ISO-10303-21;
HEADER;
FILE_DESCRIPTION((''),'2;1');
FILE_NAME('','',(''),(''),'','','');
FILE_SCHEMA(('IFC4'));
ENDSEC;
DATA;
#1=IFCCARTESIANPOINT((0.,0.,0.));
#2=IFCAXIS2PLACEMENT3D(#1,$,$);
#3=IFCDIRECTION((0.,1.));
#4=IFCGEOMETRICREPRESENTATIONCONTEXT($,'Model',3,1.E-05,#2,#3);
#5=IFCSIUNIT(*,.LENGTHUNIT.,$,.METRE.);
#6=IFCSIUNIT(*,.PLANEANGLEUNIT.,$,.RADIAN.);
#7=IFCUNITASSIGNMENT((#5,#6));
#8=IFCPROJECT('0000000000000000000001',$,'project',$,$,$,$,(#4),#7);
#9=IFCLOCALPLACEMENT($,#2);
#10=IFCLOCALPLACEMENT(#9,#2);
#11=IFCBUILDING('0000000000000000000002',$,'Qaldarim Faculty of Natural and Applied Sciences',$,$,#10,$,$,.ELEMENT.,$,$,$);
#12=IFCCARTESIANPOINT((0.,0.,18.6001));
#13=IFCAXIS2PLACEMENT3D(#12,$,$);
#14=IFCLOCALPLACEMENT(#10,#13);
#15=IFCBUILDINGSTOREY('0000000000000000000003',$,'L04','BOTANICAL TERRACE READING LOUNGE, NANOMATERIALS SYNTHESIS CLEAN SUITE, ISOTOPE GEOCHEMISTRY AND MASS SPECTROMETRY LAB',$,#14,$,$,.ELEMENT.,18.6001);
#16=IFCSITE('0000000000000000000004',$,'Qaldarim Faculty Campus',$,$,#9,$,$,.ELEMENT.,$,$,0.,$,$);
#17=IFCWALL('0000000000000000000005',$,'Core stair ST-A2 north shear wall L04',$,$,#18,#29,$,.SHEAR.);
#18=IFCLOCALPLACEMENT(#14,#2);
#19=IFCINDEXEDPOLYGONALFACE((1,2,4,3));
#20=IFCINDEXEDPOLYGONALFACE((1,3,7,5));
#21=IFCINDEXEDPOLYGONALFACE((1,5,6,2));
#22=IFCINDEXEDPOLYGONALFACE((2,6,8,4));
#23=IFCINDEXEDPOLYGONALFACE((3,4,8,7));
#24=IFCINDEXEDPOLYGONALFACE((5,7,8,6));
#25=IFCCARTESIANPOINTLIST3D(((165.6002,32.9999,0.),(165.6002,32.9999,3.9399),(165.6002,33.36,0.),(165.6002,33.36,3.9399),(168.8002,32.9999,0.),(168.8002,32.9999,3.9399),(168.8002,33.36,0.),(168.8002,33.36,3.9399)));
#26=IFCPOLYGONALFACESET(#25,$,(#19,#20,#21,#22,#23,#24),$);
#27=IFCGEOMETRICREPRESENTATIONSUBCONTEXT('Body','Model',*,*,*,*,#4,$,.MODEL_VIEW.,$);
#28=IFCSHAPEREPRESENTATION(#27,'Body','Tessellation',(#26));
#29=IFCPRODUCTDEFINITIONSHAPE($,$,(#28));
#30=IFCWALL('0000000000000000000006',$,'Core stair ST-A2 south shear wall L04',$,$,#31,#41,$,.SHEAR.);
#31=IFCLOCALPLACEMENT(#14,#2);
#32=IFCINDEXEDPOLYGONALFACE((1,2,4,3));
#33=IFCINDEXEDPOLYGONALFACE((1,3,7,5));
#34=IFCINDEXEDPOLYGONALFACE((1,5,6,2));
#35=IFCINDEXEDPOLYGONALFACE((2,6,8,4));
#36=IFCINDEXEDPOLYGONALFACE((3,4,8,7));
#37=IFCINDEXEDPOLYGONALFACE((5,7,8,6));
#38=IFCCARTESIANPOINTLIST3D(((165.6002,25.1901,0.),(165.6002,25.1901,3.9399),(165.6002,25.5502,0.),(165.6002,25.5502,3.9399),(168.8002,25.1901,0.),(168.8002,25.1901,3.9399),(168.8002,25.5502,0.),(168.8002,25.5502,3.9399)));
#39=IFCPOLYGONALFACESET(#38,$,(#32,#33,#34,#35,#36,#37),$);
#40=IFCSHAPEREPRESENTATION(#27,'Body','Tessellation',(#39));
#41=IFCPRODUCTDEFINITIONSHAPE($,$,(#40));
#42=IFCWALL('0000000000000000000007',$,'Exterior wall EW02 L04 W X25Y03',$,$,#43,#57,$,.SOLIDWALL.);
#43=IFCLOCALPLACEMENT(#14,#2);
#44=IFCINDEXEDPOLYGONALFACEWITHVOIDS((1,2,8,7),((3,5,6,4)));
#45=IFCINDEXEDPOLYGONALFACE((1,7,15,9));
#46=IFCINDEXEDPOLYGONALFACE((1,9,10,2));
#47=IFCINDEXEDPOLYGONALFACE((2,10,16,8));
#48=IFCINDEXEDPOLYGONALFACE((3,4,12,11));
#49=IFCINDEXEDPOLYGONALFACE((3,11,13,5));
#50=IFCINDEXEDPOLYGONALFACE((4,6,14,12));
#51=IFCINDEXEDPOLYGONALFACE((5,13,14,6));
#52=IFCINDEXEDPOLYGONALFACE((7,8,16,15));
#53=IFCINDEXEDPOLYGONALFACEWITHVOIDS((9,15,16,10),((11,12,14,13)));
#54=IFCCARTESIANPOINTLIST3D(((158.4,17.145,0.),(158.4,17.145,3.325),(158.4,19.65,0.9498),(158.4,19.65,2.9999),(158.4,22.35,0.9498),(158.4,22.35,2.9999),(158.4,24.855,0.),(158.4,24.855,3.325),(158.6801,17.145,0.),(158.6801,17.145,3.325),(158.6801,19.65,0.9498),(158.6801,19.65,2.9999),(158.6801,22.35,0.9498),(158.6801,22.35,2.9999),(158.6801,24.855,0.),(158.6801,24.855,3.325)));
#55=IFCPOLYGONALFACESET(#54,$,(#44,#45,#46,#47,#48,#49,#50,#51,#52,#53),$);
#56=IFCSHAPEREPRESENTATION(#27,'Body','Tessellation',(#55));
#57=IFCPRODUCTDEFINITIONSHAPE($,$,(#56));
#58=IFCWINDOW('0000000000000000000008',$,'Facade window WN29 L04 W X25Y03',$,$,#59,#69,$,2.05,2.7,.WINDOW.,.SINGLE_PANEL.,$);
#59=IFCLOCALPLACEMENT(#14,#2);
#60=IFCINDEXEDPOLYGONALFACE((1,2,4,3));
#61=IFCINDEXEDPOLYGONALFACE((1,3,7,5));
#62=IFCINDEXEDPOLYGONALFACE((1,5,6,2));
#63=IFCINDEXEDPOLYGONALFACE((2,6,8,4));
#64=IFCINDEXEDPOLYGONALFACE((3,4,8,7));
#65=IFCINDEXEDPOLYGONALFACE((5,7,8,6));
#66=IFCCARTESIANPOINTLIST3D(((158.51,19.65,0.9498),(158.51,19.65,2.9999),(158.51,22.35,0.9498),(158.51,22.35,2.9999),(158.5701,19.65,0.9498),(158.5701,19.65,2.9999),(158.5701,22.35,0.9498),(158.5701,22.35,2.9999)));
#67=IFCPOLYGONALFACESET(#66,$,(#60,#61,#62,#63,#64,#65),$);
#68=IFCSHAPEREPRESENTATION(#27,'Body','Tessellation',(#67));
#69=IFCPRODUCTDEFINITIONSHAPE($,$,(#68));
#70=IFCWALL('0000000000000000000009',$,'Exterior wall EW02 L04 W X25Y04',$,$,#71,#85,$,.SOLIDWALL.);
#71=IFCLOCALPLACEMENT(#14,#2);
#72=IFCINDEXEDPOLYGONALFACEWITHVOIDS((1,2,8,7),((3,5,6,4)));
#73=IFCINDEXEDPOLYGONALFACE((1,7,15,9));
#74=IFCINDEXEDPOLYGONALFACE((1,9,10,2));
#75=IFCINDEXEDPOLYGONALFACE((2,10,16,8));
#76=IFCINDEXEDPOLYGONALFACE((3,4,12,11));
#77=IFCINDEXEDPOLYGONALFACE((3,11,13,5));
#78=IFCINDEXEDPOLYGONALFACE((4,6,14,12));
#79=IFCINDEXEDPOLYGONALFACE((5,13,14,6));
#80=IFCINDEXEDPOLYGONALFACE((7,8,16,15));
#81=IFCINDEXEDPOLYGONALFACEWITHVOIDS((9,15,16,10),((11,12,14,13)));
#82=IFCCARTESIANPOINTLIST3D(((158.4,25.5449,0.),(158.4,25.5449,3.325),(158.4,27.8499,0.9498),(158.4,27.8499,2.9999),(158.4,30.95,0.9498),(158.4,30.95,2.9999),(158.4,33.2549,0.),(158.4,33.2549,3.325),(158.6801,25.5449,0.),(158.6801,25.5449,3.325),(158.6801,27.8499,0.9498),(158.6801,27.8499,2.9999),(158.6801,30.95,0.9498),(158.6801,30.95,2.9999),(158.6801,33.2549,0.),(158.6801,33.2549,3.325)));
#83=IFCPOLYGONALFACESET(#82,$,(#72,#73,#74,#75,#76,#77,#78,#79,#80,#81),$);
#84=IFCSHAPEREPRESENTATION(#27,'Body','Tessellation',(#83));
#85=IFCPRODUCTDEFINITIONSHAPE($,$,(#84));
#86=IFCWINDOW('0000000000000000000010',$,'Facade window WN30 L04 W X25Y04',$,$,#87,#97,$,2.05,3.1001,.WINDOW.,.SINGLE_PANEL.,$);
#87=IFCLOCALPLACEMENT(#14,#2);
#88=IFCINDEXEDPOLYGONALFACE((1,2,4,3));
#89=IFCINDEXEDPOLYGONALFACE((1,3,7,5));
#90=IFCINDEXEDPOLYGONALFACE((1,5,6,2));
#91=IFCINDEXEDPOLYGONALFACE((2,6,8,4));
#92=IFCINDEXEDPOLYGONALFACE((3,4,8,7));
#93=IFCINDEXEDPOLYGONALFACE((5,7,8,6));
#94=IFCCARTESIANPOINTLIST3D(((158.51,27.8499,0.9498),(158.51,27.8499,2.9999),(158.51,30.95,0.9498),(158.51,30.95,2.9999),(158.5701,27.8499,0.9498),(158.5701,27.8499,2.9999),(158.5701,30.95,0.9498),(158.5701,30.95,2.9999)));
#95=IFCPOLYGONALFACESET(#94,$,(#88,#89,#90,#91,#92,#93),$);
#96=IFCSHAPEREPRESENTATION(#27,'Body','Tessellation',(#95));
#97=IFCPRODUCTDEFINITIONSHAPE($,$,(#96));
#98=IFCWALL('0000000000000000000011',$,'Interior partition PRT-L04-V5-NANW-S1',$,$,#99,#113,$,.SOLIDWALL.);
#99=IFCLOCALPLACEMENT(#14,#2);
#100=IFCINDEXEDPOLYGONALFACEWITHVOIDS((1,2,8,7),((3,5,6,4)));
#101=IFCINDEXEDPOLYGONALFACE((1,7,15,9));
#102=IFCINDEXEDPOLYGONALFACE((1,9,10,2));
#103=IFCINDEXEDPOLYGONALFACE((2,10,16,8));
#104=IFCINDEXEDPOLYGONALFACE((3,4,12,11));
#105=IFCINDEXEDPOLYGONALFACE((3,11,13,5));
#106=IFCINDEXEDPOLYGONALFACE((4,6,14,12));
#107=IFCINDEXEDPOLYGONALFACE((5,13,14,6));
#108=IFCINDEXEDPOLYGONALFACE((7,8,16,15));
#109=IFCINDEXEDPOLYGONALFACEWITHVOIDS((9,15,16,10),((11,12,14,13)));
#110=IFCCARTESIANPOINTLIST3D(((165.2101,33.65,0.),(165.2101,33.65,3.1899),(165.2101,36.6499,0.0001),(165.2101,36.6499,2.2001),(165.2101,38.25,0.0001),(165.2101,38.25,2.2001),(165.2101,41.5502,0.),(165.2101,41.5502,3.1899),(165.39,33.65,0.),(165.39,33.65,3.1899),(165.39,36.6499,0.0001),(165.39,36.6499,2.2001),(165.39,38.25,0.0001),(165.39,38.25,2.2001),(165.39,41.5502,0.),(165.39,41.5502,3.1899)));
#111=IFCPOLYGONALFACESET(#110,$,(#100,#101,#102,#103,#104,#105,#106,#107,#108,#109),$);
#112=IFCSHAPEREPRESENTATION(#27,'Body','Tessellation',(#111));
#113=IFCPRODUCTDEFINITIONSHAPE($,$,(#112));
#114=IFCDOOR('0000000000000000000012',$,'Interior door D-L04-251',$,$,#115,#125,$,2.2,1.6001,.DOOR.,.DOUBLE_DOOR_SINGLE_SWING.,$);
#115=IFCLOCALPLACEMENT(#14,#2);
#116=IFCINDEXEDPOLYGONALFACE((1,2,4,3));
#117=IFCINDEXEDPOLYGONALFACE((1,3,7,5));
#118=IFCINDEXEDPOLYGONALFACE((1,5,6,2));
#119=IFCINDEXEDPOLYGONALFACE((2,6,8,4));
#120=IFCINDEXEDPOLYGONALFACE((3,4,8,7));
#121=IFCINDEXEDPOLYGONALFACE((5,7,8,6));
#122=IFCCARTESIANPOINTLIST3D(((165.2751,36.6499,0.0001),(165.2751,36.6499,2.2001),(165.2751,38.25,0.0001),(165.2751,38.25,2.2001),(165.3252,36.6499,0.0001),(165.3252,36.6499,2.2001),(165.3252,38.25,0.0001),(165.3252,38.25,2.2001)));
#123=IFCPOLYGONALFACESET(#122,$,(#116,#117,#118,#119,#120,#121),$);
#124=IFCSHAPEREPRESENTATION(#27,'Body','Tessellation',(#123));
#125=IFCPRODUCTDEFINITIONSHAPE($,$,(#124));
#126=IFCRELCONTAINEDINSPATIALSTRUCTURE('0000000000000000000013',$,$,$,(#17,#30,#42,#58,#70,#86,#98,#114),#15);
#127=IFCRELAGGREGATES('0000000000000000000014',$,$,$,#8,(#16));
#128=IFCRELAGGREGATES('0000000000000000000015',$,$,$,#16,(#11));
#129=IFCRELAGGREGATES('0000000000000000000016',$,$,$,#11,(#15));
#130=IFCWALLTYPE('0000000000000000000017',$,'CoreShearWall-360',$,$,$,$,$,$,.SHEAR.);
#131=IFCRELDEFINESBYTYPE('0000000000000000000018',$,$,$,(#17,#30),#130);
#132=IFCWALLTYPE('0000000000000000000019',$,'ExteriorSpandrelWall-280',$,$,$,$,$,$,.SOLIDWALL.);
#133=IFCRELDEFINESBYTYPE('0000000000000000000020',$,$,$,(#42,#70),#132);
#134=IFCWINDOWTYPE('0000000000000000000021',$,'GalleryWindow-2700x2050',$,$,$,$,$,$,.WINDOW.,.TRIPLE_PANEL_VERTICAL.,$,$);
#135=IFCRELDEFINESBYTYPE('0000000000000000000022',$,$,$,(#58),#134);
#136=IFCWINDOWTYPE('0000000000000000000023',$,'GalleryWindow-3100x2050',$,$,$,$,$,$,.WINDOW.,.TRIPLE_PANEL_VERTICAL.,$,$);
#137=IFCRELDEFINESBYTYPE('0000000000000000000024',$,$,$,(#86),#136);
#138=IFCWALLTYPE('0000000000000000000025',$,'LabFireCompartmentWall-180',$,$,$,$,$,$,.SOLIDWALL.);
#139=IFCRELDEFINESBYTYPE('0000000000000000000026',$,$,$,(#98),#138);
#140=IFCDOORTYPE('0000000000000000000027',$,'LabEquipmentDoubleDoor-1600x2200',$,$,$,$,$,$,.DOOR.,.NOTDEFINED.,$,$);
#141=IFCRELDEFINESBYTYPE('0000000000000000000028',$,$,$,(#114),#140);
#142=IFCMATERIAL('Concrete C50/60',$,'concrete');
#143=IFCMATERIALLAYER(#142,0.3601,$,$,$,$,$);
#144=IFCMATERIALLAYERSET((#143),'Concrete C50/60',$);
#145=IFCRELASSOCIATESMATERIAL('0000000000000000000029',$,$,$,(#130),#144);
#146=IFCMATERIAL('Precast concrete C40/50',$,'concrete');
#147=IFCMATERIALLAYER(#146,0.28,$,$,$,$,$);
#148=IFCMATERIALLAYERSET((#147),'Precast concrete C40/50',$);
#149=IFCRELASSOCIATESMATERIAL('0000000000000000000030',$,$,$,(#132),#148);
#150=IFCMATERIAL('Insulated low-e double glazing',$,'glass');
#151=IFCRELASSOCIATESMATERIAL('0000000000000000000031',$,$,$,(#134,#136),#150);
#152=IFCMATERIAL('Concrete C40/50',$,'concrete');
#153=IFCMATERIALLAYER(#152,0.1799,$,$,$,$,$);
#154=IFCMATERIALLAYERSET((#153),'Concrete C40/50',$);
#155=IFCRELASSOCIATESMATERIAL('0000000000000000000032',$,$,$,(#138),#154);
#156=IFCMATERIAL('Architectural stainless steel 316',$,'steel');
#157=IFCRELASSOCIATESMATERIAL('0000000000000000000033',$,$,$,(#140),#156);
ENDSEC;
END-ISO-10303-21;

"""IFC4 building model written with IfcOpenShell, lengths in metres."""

from ifc_helpers import new_model, si_unit, direction, frame, frame_2d, origin, place, context, subcontext, project, spatial, rectangle, extrude, material, layer, layer_set, type_object, element, fill, save


model = new_model("IFC4")

# Units and contexts
model_context = context("Model", 3, precision=1e-05, world=origin(), true_north=direction((0.0, 1.0)))
body_context = subcontext(model_context, "Body", "Model", "MODEL_VIEW")
ifc_project = project(units=[si_unit("LENGTHUNIT", "METRE"), si_unit("PLANEANGLEUNIT", "RADIAN")], contexts=[model_context])

# Site, building, storey
site_placement = place(None, origin())
site = spatial("IfcSite", under=ifc_project, at=site_placement, Name="Qaldarim Faculty Campus", CompositionType="ELEMENT", RefElevation=0.0)
building_placement = place(site_placement, origin())
building = spatial("IfcBuilding", under=site, at=building_placement, Name="Qaldarim Faculty of Natural and Applied Sciences", CompositionType="ELEMENT")
storey_placement = place(building_placement, frame((0.0, 0.0, 18.6001)))
storey = spatial("IfcBuildingStorey", under=building, at=storey_placement, Name="L04", Description="BOTANICAL TERRACE READING LOUNGE, NANOMATERIALS SYNTHESIS CLEAN SUITE, ISOTOPE GEOCHEMISTRY AND MASS SPECTROMETRY LAB", CompositionType="ELEMENT", Elevation=18.6001)

# Shared definitions
ifc_material_1 = material(Name="Concrete C50/60", Category="concrete")

# Shared definitions
ifc_material_2 = material(Name="Concrete C40/50", Category="concrete")

# Walls
ifc_layer_1 = layer(ifc_material_1, 0.3601)
ifc_layer_set_1 = layer_set([ifc_layer_1], Name="Concrete C50/60")
wall_type_1 = type_object("IfcWallType", Name="CoreShearWall-360", PredefinedType="SHEAR", material=ifc_layer_set_1)
for number, where, z_axis, x_axis, name in (
    (1, (165.6001, 33.1799, 0.0), (0.0, 0.0, 1.0), (1.0, 0.0, 0.0), "Core stair ST-A2 north shear wall L04"),
    (2, (165.6001, 25.3701, 0.0), (0.0, 0.0, 1.0), (1.0, 0.0, 0.0), "Core stair ST-A2 south shear wall L04"),
):
    element("IfcWall", number, at=place(storey_placement, frame(where, z_axis=z_axis, x_axis=x_axis)), inside=storey, type_object=wall_type_1, Name=name, PredefinedType="SHEAR", context=body_context, shape_type="SweptSolid", body=[
        extrude(rectangle(XDim=3.2, YDim=0.3601, at=frame_2d((1.6001, 0.0))), origin(), (0.0, 0.0, 1.0), 3.9399),
    ])

# Walls, openings, windows
ifc_material_3 = material(Name="Precast concrete C40/50", Category="concrete")
ifc_layer_2 = layer(ifc_material_3, 0.28)
ifc_layer_set_2 = layer_set([ifc_layer_2], Name="Precast concrete C40/50")
wall_type_2 = type_object("IfcWallType", Name="ExteriorSpandrelWall-280", PredefinedType="SOLIDWALL", material=ifc_layer_set_2)
wall_1_placement = place(storey_placement, frame((158.54, 24.855, 0.0), z_axis=(0.0, 0.0, 1.0), x_axis=(0.0, -1.0, 0.0)))
wall_1 = element("IfcWall", 3, at=wall_1_placement, inside=storey, type_object=wall_type_2, Name="Exterior wall EW02 L04 W X25Y03", PredefinedType="SOLIDWALL", context=body_context, shape_type="SweptSolid", body=[
    extrude(rectangle(XDim=7.71, YDim=0.28, at=frame_2d((3.855, 0.0))), origin(), (0.0, 0.0, 1.0), 3.325),
])
opening_1_placement = place(wall_1_placement, frame((2.5049, 0.0, 0.95)))
opening_1 = element("IfcOpeningElement", 4, at=opening_1_placement, cuts=wall_1, PredefinedType="OPENING", context=body_context, shape_type="SweptSolid", body=[
    extrude(rectangle(XDim=2.7, YDim=2.05, at=frame_2d((1.3501, 1.0249))), frame((0.0, 0.1499, 0.0), z_axis=(0.0, -1.0, 0.0), x_axis=(1.0, 0.0, 0.0)), (0.0, 0.0, 1.0), 0.3),
])
ifc_material_4 = material(Name="Insulated low-e double glazing", Category="glass")
window_type_1 = type_object("IfcWindowType", Name="GalleryWindow-2700x2050", PartitioningType="TRIPLE_PANEL_VERTICAL", PredefinedType="WINDOW", material=ifc_material_4)
window_1_placement = place(opening_1_placement, origin())
window_1 = element("IfcWindow", 5, at=window_1_placement, inside=storey, type_object=window_type_1, Name="Facade window WN29 L04 W X25Y03", OverallHeight=2.05, OverallWidth=2.7, PartitioningType="SINGLE_PANEL", PredefinedType="WINDOW", context=body_context, shape_type="SweptSolid", body=[
    extrude(rectangle(XDim=2.7, YDim=2.05, at=frame_2d((1.3501, 1.0249))), frame((0.0, 0.03, 0.0), z_axis=(0.0, -1.0, 0.0), x_axis=(1.0, 0.0, 0.0)), (0.0, 0.0, 1.0), 0.0601),
])
fill(opening_1, window_1)
wall_2_placement = place(storey_placement, frame((158.54, 33.2549, 0.0), z_axis=(0.0, 0.0, 1.0), x_axis=(0.0, -1.0, 0.0)))
wall_2 = element("IfcWall", 6, at=wall_2_placement, inside=storey, type_object=wall_type_2, Name="Exterior wall EW02 L04 W X25Y04", PredefinedType="SOLIDWALL", context=body_context, shape_type="SweptSolid", body=[
    extrude(rectangle(XDim=7.71, YDim=0.28, at=frame_2d((3.855, 0.0))), origin(), (0.0, 0.0, 1.0), 3.325),
])
opening_2_placement = place(wall_2_placement, frame((2.3049, 0.0, 0.95)))
opening_2 = element("IfcOpeningElement", 7, at=opening_2_placement, cuts=wall_2, PredefinedType="OPENING", context=body_context, shape_type="SweptSolid", body=[
    extrude(rectangle(XDim=3.1001, YDim=2.05, at=frame_2d((1.55, 1.0249))), frame((0.0, 0.1499, 0.0), z_axis=(0.0, -1.0, 0.0), x_axis=(1.0, 0.0, 0.0)), (0.0, 0.0, 1.0), 0.3),
])
window_type_2 = type_object("IfcWindowType", Name="GalleryWindow-3100x2050", PartitioningType="TRIPLE_PANEL_VERTICAL", PredefinedType="WINDOW", material=ifc_material_4)
window_2_placement = place(opening_2_placement, origin())
window_2 = element("IfcWindow", 8, at=window_2_placement, inside=storey, type_object=window_type_2, Name="Facade window WN30 L04 W X25Y04", OverallHeight=2.05, OverallWidth=3.1001, PartitioningType="SINGLE_PANEL", PredefinedType="WINDOW", context=body_context, shape_type="SweptSolid", body=[
    extrude(rectangle(XDim=3.1001, YDim=2.05, at=frame_2d((1.55, 1.0249))), frame((0.0, 0.03, 0.0), z_axis=(0.0, -1.0, 0.0), x_axis=(1.0, 0.0, 0.0)), (0.0, 0.0, 1.0), 0.0601),
])
fill(opening_2, window_2)

# Wall, opening, door
ifc_layer_3 = layer(ifc_material_2, 0.1799)
ifc_layer_set_3 = layer_set([ifc_layer_3], Name="Concrete C40/50")
wall_type_3 = type_object("IfcWallType", Name="LabFireCompartmentWall-180", PredefinedType="SOLIDWALL", material=ifc_layer_set_3)
wall_3_placement = place(storey_placement, frame((165.3, 33.6499, 0.0), z_axis=(0.0, 0.0, 1.0), x_axis=(0.0, 1.0, 0.0)))
wall_3 = element("IfcWall", 9, at=wall_3_placement, inside=storey, type_object=wall_type_3, Name="Interior partition PRT-L04-V5-NANW-S1", PredefinedType="SOLIDWALL", context=body_context, shape_type="SweptSolid", body=[
    extrude(rectangle(XDim=7.9001, YDim=0.1799, at=frame_2d((3.9502, 0.0))), origin(), (0.0, 0.0, 1.0), 3.1899),
])
opening_3_placement = place(wall_3_placement, frame((3.0, 0.0, 0.0)))
opening_3 = element("IfcOpeningElement", 10, at=opening_3_placement, cuts=wall_3, PredefinedType="OPENING", context=body_context, shape_type="SweptSolid", body=[
    extrude(rectangle(XDim=1.6001, YDim=2.2, at=frame_2d((0.8, 1.1001))), frame((0.0, 0.0999, 0.0), z_axis=(0.0, -1.0, 0.0), x_axis=(1.0, 0.0, 0.0)), (0.0, 0.0, 1.0), 0.2),
])
ifc_material_5 = material(Name="Architectural stainless steel 316", Category="steel")
door_type = type_object("IfcDoorType", Name="LabEquipmentDoubleDoor-1600x2200", OperationType="NOTDEFINED", PredefinedType="DOOR", material=ifc_material_5)
door_placement = place(opening_3_placement, origin())
door = element("IfcDoor", 11, at=door_placement, inside=storey, type_object=door_type, Name="Interior door D-L04-251", OperationType="DOUBLE_DOOR_SINGLE_SWING", OverallHeight=2.2, OverallWidth=1.6001, PredefinedType="DOOR", context=body_context, shape_type="SweptSolid", body=[
    extrude(rectangle(XDim=1.6001, YDim=2.2, at=frame_2d((0.8, 1.1001))), frame((0.0, 0.0249, 0.0), z_axis=(0.0, -1.0, 0.0), x_axis=(1.0, 0.0, 0.0)), (0.0, 0.0, 1.0), 0.05),
])
fill(opening_3, door)

save(model, "model.ifc")
